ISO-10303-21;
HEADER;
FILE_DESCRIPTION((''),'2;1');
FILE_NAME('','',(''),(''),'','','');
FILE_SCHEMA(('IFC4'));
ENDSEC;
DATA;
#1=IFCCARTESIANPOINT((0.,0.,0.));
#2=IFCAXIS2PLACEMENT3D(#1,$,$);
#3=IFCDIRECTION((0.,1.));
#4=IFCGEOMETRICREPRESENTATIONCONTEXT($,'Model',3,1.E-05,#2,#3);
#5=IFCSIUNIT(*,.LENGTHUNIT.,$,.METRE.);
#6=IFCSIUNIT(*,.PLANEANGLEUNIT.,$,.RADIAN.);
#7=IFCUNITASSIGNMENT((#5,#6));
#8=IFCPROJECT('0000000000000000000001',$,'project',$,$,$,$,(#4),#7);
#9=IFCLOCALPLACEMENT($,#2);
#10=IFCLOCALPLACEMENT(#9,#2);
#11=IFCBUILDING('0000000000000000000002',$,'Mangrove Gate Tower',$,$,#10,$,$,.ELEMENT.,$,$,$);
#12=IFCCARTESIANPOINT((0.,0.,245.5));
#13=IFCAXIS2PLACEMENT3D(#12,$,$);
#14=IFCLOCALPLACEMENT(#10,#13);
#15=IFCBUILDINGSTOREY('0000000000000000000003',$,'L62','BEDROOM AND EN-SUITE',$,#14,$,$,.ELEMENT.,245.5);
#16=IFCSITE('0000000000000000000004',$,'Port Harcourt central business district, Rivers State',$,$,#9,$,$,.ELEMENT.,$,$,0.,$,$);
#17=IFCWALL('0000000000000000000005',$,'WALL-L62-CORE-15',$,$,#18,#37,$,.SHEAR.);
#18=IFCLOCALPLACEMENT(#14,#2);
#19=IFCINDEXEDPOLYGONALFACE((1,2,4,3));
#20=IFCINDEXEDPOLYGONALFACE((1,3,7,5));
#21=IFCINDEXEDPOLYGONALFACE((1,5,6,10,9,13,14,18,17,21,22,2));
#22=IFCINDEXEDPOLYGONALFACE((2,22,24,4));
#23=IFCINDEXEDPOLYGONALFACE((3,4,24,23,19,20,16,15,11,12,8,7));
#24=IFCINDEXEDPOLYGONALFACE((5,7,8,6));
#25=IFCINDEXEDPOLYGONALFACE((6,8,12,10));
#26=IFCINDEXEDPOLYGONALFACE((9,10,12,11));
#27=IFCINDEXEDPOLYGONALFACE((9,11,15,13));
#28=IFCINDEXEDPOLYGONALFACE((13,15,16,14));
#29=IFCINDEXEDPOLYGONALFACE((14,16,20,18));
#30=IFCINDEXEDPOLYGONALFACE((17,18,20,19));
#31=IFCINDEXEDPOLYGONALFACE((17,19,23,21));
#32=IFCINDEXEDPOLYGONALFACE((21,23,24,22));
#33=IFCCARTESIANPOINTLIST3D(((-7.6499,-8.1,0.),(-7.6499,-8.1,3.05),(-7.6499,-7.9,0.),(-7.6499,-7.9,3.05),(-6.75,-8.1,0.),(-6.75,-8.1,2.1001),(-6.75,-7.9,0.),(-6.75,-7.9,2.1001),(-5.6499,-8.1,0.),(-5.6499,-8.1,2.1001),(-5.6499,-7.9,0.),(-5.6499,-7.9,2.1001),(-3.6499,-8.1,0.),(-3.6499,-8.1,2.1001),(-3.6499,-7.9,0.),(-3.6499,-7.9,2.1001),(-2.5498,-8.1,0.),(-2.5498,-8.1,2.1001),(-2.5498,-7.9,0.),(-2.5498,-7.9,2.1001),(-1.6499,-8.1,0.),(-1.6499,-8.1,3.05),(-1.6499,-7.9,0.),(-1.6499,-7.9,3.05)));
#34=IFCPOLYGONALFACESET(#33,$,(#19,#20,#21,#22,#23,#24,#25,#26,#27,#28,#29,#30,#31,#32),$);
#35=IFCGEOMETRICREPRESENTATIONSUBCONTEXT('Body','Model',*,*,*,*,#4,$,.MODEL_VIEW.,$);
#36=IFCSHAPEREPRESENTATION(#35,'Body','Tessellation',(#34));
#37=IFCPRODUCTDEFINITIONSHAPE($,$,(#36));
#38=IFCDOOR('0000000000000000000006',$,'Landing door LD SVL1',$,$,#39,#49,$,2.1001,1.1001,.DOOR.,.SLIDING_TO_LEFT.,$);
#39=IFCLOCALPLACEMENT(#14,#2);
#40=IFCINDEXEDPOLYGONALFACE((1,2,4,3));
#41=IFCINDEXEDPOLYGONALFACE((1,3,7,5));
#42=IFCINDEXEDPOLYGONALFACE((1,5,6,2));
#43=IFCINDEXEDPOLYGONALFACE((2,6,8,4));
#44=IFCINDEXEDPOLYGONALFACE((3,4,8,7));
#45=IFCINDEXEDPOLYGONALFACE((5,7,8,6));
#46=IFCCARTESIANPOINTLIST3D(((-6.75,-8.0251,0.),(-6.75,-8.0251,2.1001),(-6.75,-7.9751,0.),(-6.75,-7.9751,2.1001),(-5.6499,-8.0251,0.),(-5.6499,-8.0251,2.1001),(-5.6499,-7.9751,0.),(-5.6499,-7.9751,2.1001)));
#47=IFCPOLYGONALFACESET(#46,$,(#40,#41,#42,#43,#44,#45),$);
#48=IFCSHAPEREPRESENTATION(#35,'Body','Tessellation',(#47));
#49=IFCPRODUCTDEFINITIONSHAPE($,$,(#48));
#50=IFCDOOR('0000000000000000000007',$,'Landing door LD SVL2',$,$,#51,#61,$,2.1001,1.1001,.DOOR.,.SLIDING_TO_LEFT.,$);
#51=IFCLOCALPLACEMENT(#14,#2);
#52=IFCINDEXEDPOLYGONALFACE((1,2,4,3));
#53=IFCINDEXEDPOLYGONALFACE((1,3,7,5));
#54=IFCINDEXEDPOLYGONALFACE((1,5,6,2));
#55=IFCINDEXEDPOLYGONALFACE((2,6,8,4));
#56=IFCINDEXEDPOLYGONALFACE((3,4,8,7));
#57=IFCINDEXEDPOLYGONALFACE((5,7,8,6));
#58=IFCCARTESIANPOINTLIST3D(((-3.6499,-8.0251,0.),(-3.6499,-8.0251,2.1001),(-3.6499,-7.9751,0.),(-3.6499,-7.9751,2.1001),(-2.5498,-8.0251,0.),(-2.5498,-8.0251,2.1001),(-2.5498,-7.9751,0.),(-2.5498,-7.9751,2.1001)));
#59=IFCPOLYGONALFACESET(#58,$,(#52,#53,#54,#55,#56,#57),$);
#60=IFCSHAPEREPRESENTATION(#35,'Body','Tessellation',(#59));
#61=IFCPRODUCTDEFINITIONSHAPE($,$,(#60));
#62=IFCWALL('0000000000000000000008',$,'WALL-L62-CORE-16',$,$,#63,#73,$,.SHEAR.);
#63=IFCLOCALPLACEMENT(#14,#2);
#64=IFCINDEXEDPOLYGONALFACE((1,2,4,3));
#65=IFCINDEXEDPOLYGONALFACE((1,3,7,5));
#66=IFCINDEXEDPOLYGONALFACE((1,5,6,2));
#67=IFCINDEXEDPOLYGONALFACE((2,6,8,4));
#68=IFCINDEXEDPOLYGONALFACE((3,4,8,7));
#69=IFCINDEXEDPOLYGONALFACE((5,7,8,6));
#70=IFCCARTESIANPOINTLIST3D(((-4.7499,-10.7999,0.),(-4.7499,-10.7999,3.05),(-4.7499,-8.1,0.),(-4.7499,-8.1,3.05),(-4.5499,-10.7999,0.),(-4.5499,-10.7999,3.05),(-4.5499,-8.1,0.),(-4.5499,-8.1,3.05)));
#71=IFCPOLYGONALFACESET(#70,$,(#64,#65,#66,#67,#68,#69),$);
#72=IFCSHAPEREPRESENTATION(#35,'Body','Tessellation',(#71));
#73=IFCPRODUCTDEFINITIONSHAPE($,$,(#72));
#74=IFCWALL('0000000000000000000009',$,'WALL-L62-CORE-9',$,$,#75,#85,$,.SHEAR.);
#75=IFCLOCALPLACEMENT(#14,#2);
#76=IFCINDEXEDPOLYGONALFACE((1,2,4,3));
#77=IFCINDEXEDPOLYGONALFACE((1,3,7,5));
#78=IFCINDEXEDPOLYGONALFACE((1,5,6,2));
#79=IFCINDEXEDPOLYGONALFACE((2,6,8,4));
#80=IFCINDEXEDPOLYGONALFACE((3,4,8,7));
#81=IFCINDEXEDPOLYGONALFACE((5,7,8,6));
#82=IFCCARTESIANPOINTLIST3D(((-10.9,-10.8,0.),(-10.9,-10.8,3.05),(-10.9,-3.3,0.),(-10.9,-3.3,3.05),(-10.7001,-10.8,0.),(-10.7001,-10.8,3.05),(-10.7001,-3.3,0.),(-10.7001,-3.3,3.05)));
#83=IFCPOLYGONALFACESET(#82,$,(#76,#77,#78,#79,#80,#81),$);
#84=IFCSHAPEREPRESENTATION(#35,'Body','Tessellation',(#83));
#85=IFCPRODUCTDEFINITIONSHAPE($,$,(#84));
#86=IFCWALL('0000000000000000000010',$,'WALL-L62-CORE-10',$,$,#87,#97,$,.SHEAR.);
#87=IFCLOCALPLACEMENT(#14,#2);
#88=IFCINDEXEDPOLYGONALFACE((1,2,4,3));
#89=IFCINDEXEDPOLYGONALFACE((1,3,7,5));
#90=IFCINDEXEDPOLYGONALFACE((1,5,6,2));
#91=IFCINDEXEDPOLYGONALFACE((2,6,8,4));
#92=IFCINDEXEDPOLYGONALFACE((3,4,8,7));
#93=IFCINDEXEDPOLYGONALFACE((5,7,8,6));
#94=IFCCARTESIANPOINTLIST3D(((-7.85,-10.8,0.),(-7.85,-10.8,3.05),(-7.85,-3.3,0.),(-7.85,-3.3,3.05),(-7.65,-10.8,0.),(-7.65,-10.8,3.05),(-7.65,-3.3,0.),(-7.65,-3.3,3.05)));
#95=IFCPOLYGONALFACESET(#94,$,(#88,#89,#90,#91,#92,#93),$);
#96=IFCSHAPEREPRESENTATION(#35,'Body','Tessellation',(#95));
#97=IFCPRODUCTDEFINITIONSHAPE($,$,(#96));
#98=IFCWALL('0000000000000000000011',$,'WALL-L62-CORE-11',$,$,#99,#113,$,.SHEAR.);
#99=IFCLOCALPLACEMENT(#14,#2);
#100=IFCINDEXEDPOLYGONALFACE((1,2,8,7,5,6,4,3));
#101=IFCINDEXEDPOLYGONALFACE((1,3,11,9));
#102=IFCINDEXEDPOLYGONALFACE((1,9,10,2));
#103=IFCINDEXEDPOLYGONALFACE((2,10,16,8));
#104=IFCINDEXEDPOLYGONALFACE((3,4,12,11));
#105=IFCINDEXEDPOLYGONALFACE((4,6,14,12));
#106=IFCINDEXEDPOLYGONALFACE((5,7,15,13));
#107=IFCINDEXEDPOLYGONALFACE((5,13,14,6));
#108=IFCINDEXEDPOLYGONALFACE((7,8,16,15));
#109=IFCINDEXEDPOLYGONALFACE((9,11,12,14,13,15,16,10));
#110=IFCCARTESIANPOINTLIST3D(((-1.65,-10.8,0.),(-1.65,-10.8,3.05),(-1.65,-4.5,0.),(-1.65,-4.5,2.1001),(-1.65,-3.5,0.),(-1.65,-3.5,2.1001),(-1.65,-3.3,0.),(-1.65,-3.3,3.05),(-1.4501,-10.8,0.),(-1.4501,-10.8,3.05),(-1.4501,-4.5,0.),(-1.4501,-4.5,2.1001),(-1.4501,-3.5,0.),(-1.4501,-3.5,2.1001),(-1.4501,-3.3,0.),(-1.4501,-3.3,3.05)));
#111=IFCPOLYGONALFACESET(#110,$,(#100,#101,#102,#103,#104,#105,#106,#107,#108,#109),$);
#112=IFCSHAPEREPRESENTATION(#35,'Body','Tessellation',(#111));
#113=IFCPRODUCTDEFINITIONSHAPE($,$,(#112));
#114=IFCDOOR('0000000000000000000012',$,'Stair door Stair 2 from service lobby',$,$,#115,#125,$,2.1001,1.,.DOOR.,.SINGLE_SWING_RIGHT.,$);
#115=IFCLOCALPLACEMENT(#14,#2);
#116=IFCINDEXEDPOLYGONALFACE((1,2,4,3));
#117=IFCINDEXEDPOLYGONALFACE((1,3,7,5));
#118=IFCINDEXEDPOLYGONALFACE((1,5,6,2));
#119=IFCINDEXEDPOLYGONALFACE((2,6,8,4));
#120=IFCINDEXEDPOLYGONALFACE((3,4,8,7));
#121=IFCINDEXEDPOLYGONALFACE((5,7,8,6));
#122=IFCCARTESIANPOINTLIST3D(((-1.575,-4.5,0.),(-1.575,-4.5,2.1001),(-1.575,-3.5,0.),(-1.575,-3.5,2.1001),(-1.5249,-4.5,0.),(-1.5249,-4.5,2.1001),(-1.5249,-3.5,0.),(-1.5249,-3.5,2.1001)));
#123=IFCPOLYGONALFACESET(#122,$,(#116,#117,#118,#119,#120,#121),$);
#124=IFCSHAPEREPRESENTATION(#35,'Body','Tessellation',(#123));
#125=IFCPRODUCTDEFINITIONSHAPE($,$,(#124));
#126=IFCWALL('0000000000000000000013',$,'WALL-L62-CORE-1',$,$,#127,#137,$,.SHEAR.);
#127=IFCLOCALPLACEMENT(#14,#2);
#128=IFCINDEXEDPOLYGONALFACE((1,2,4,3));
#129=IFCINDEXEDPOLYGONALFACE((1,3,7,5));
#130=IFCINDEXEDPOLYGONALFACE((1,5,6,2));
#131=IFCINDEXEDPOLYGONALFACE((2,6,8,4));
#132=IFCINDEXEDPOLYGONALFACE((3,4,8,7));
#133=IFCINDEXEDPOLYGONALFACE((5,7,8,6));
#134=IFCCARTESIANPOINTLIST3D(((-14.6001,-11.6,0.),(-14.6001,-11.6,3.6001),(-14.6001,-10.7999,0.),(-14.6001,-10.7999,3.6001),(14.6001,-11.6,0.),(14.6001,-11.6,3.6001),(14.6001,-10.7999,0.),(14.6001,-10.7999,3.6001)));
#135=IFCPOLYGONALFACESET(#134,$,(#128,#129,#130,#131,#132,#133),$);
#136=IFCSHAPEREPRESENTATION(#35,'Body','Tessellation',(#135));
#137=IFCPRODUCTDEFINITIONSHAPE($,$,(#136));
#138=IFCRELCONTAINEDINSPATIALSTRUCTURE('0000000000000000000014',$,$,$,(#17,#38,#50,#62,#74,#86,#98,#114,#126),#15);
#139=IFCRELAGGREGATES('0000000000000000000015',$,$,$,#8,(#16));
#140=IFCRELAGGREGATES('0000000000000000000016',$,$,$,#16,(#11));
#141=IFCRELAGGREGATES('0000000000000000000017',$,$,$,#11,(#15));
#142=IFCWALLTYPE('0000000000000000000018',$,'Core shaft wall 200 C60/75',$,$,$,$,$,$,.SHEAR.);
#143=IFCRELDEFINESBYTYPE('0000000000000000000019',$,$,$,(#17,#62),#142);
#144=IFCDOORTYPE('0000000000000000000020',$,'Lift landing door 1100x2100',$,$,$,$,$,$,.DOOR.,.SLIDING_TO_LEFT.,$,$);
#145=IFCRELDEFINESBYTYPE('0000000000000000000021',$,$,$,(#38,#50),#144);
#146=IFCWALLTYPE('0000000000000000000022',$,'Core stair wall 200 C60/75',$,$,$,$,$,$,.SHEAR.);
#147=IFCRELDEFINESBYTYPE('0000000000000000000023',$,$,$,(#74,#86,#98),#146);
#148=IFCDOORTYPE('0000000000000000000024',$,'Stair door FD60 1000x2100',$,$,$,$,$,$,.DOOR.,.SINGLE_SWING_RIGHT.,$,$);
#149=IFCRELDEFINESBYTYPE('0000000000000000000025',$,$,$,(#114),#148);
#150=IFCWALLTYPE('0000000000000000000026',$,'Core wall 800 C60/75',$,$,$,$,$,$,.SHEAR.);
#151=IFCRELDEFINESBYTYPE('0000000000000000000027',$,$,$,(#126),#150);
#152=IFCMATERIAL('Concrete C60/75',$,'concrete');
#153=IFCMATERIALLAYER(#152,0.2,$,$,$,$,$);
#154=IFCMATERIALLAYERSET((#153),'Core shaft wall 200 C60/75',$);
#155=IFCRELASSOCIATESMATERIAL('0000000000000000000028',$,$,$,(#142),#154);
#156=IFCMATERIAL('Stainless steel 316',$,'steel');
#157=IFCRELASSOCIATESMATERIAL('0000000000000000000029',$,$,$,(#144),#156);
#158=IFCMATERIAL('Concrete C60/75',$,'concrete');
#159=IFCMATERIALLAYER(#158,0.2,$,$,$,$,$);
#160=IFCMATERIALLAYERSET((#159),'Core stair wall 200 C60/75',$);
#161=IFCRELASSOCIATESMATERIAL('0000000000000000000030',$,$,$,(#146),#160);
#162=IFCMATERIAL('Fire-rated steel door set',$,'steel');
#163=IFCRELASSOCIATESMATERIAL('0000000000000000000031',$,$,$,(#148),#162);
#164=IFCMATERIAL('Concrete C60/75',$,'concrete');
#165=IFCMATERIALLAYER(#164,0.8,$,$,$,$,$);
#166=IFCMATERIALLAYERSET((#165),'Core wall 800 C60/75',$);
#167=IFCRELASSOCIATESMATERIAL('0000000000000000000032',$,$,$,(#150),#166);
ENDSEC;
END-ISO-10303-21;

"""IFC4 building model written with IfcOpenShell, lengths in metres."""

from ifc_helpers import new_model, si_unit, direction, frame, frame_2d, origin, place, context, subcontext, project, spatial, rectangle, extrude, material, layer, layer_set, type_object, element, fill, save


model = new_model("IFC4")

# Units and contexts
model_context = context("Model", 3, precision=1e-05, world=origin(), true_north=direction((0.0, 1.0)))
body_context = subcontext(model_context, "Body", "Model", "MODEL_VIEW")
ifc_project = project(units=[si_unit("LENGTHUNIT", "METRE"), si_unit("PLANEANGLEUNIT", "RADIAN")], contexts=[model_context])

# Site, building, storey
site_placement = place(None, origin())
site = spatial("IfcSite", under=ifc_project, at=site_placement, Name="Port Harcourt central business district, Rivers State", CompositionType="ELEMENT", RefElevation=0.0)
building_placement = place(site_placement, origin())
building = spatial("IfcBuilding", under=site, at=building_placement, Name="Mangrove Gate Tower", CompositionType="ELEMENT")
storey_placement = place(building_placement, frame((0.0, 0.0, 245.5)))
storey = spatial("IfcBuildingStorey", under=building, at=storey_placement, Name="L62", Description="BEDROOM AND EN-SUITE", CompositionType="ELEMENT", Elevation=245.5)

# Wall, openings, doors
ifc_material_1 = material(Name="Concrete C60/75", Category="concrete")
ifc_layer_1 = layer(ifc_material_1, 0.2)
ifc_layer_set_1 = layer_set([ifc_layer_1], Name="Core shaft wall 200 C60/75")
wall_type_1 = type_object("IfcWallType", Name="Core shaft wall 200 C60/75", PredefinedType="SHEAR", material=ifc_layer_set_1)
wall_1_placement = place(storey_placement, frame((-7.6499, -8.0, 0.0), z_axis=(0.0, 0.0, 1.0), x_axis=(1.0, 0.0, 0.0)))
wall_1 = element("IfcWall", 1, at=wall_1_placement, inside=storey, type_object=wall_type_1, Name="WALL-L62-CORE-15", PredefinedType="SHEAR", context=body_context, shape_type="SweptSolid", body=[
    extrude(rectangle(XDim=6.0, YDim=0.2, at=frame_2d((3.0, 0.0))), origin(), (0.0, 0.0, 1.0), 3.05),
])
opening_1_placement = place(wall_1_placement, frame((0.8999, 0.0, 0.0)))
opening_1 = element("IfcOpeningElement", 2, at=opening_1_placement, cuts=wall_1, PredefinedType="OPENING", context=body_context, shape_type="SweptSolid", body=[
    extrude(rectangle(XDim=1.1001, YDim=2.1001, at=frame_2d((0.55, 1.05))), frame((0.0, 0.1099, 0.0), z_axis=(0.0, -1.0, 0.0), x_axis=(1.0, 0.0, 0.0)), (0.0, 0.0, 1.0), 0.22),
])
opening_2_placement = place(wall_1_placement, frame((4.0, 0.0, 0.0)))
opening_2 = element("IfcOpeningElement", 3, at=opening_2_placement, cuts=wall_1, PredefinedType="OPENING", context=body_context, shape_type="SweptSolid", body=[
    extrude(rectangle(XDim=1.1001, YDim=2.1001, at=frame_2d((0.55, 1.05))), frame((0.0, 0.1099, 0.0), z_axis=(0.0, -1.0, 0.0), x_axis=(1.0, 0.0, 0.0)), (0.0, 0.0, 1.0), 0.22),
])
ifc_material_2 = material(Name="Stainless steel 316", Category="steel")
door_type_1 = type_object("IfcDoorType", Name="Lift landing door 1100x2100", OperationType="SLIDING_TO_LEFT", PredefinedType="DOOR", material=ifc_material_2)
door_1_placement = place(opening_1_placement, origin())
door_1 = element("IfcDoor", 4, at=door_1_placement, inside=storey, type_object=door_type_1, Name="Landing door LD SVL1", OperationType="SLIDING_TO_LEFT", OverallHeight=2.1001, OverallWidth=1.1001, PredefinedType="DOOR", context=body_context, shape_type="SweptSolid", body=[
    extrude(rectangle(XDim=1.1001, YDim=2.1001, at=frame_2d((0.55, 1.05))), frame((0.0, 0.0249, 0.0), z_axis=(0.0, -1.0, 0.0), x_axis=(1.0, 0.0, 0.0)), (0.0, 0.0, 1.0), 0.05),
])
fill(opening_1, door_1)
door_2_placement = place(opening_2_placement, origin())
door_2 = element("IfcDoor", 5, at=door_2_placement, inside=storey, type_object=door_type_1, Name="Landing door LD SVL2", OperationType="SLIDING_TO_LEFT", OverallHeight=2.1001, OverallWidth=1.1001, PredefinedType="DOOR", context=body_context, shape_type="SweptSolid", body=[
    extrude(rectangle(XDim=1.1001, YDim=2.1001, at=frame_2d((0.55, 1.05))), frame((0.0, 0.0249, 0.0), z_axis=(0.0, -1.0, 0.0), x_axis=(1.0, 0.0, 0.0)), (0.0, 0.0, 1.0), 0.05),
])
fill(opening_2, door_2)

# Walls
wall_2_placement = place(storey_placement, frame((-4.6499, -10.8, 0.0), z_axis=(0.0, 0.0, 1.0), x_axis=(0.0, 1.0, 0.0)))
element("IfcWall", 6, at=wall_2_placement, inside=storey, type_object=wall_type_1, Name="WALL-L62-CORE-16", PredefinedType="SHEAR", context=body_context, shape_type="SweptSolid", body=[
    extrude(rectangle(XDim=2.7, YDim=0.2, at=frame_2d((1.3501, 0.0))), origin(), (0.0, 0.0, 1.0), 3.05),
])
ifc_material_3 = material(Name="Concrete C60/75", Category="concrete")
ifc_layer_2 = layer(ifc_material_3, 0.2)
ifc_layer_set_2 = layer_set([ifc_layer_2], Name="Core stair wall 200 C60/75")
wall_type_2 = type_object("IfcWallType", Name="Core stair wall 200 C60/75", PredefinedType="SHEAR", material=ifc_layer_set_2)
for number, where, z_axis, x_axis, name in (
    (7, (-10.8, -10.8, 0.0), (0.0, 0.0, 1.0), (0.0, 1.0, 0.0), "WALL-L62-CORE-9"),
    (8, (-7.75, -10.8, 0.0), (0.0, 0.0, 1.0), (0.0, 1.0, 0.0), "WALL-L62-CORE-10"),
):
    element("IfcWall", number, at=place(storey_placement, frame(where, z_axis=z_axis, x_axis=x_axis)), inside=storey, type_object=wall_type_2, Name=name, PredefinedType="SHEAR", context=body_context, shape_type="SweptSolid", body=[
        extrude(rectangle(XDim=7.5, YDim=0.2, at=frame_2d((3.75, 0.0))), origin(), (0.0, 0.0, 1.0), 3.05),
    ])

# Wall, opening, door
wall_3_placement = place(storey_placement, frame((-1.55, -10.8, 0.0), z_axis=(0.0, 0.0, 1.0), x_axis=(0.0, 1.0, 0.0)))
wall_3 = element("IfcWall", 9, at=wall_3_placement, inside=storey, type_object=wall_type_2, Name="WALL-L62-CORE-11", PredefinedType="SHEAR", context=body_context, shape_type="SweptSolid", body=[
    extrude(rectangle(XDim=7.5, YDim=0.2, at=frame_2d((3.75, 0.0))), origin(), (0.0, 0.0, 1.0), 3.05),
])
opening_3_placement = place(wall_3_placement, frame((6.3, 0.0, 0.0)))
opening_3 = element("IfcOpeningElement", 10, at=opening_3_placement, cuts=wall_3, PredefinedType="OPENING", context=body_context, shape_type="SweptSolid", body=[
    extrude(rectangle(XDim=1.0, YDim=2.1001, at=frame_2d((0.5, 1.05))), frame((0.0, 0.1099, 0.0), z_axis=(0.0, -1.0, 0.0), x_axis=(1.0, 0.0, 0.0)), (0.0, 0.0, 1.0), 0.22),
])
ifc_material_4 = material(Name="Fire-rated steel door set", Category="steel")
door_type_2 = type_object("IfcDoorType", Name="Stair door FD60 1000x2100", OperationType="SINGLE_SWING_RIGHT", PredefinedType="DOOR", material=ifc_material_4)
door_3_placement = place(opening_3_placement, origin())
door_3 = element("IfcDoor", 11, at=door_3_placement, inside=storey, type_object=door_type_2, Name="Stair door Stair 2 from service lobby", OperationType="SINGLE_SWING_RIGHT", OverallHeight=2.1001, OverallWidth=1.0, PredefinedType="DOOR", context=body_context, shape_type="SweptSolid", body=[
    extrude(rectangle(XDim=1.0, YDim=2.1001, at=frame_2d((0.5, 1.05))), frame((0.0, 0.0249, 0.0), z_axis=(0.0, -1.0, 0.0), x_axis=(1.0, 0.0, 0.0)), (0.0, 0.0, 1.0), 0.05),
])
fill(opening_3, door_3)

# Wall
ifc_material_5 = material(Name="Concrete C60/75", Category="concrete")
ifc_layer_3 = layer(ifc_material_5, 0.8)
ifc_layer_set_3 = layer_set([ifc_layer_3], Name="Core wall 800 C60/75")
wall_type_3 = type_object("IfcWallType", Name="Core wall 800 C60/75", PredefinedType="SHEAR", material=ifc_layer_set_3)
wall_4_placement = place(storey_placement, frame((-14.6001, -11.2, 0.0), z_axis=(0.0, 0.0, 1.0), x_axis=(1.0, 0.0, 0.0)))
element("IfcWall", 12, at=wall_4_placement, inside=storey, type_object=wall_type_3, Name="WALL-L62-CORE-1", PredefinedType="SHEAR", context=body_context, shape_type="SweptSolid", body=[
    extrude(rectangle(XDim=29.2002, YDim=0.8, at=frame_2d((14.6001, 0.0))), origin(), (0.0, 0.0, 1.0), 3.6001),
])

save(model, "model.ifc")
